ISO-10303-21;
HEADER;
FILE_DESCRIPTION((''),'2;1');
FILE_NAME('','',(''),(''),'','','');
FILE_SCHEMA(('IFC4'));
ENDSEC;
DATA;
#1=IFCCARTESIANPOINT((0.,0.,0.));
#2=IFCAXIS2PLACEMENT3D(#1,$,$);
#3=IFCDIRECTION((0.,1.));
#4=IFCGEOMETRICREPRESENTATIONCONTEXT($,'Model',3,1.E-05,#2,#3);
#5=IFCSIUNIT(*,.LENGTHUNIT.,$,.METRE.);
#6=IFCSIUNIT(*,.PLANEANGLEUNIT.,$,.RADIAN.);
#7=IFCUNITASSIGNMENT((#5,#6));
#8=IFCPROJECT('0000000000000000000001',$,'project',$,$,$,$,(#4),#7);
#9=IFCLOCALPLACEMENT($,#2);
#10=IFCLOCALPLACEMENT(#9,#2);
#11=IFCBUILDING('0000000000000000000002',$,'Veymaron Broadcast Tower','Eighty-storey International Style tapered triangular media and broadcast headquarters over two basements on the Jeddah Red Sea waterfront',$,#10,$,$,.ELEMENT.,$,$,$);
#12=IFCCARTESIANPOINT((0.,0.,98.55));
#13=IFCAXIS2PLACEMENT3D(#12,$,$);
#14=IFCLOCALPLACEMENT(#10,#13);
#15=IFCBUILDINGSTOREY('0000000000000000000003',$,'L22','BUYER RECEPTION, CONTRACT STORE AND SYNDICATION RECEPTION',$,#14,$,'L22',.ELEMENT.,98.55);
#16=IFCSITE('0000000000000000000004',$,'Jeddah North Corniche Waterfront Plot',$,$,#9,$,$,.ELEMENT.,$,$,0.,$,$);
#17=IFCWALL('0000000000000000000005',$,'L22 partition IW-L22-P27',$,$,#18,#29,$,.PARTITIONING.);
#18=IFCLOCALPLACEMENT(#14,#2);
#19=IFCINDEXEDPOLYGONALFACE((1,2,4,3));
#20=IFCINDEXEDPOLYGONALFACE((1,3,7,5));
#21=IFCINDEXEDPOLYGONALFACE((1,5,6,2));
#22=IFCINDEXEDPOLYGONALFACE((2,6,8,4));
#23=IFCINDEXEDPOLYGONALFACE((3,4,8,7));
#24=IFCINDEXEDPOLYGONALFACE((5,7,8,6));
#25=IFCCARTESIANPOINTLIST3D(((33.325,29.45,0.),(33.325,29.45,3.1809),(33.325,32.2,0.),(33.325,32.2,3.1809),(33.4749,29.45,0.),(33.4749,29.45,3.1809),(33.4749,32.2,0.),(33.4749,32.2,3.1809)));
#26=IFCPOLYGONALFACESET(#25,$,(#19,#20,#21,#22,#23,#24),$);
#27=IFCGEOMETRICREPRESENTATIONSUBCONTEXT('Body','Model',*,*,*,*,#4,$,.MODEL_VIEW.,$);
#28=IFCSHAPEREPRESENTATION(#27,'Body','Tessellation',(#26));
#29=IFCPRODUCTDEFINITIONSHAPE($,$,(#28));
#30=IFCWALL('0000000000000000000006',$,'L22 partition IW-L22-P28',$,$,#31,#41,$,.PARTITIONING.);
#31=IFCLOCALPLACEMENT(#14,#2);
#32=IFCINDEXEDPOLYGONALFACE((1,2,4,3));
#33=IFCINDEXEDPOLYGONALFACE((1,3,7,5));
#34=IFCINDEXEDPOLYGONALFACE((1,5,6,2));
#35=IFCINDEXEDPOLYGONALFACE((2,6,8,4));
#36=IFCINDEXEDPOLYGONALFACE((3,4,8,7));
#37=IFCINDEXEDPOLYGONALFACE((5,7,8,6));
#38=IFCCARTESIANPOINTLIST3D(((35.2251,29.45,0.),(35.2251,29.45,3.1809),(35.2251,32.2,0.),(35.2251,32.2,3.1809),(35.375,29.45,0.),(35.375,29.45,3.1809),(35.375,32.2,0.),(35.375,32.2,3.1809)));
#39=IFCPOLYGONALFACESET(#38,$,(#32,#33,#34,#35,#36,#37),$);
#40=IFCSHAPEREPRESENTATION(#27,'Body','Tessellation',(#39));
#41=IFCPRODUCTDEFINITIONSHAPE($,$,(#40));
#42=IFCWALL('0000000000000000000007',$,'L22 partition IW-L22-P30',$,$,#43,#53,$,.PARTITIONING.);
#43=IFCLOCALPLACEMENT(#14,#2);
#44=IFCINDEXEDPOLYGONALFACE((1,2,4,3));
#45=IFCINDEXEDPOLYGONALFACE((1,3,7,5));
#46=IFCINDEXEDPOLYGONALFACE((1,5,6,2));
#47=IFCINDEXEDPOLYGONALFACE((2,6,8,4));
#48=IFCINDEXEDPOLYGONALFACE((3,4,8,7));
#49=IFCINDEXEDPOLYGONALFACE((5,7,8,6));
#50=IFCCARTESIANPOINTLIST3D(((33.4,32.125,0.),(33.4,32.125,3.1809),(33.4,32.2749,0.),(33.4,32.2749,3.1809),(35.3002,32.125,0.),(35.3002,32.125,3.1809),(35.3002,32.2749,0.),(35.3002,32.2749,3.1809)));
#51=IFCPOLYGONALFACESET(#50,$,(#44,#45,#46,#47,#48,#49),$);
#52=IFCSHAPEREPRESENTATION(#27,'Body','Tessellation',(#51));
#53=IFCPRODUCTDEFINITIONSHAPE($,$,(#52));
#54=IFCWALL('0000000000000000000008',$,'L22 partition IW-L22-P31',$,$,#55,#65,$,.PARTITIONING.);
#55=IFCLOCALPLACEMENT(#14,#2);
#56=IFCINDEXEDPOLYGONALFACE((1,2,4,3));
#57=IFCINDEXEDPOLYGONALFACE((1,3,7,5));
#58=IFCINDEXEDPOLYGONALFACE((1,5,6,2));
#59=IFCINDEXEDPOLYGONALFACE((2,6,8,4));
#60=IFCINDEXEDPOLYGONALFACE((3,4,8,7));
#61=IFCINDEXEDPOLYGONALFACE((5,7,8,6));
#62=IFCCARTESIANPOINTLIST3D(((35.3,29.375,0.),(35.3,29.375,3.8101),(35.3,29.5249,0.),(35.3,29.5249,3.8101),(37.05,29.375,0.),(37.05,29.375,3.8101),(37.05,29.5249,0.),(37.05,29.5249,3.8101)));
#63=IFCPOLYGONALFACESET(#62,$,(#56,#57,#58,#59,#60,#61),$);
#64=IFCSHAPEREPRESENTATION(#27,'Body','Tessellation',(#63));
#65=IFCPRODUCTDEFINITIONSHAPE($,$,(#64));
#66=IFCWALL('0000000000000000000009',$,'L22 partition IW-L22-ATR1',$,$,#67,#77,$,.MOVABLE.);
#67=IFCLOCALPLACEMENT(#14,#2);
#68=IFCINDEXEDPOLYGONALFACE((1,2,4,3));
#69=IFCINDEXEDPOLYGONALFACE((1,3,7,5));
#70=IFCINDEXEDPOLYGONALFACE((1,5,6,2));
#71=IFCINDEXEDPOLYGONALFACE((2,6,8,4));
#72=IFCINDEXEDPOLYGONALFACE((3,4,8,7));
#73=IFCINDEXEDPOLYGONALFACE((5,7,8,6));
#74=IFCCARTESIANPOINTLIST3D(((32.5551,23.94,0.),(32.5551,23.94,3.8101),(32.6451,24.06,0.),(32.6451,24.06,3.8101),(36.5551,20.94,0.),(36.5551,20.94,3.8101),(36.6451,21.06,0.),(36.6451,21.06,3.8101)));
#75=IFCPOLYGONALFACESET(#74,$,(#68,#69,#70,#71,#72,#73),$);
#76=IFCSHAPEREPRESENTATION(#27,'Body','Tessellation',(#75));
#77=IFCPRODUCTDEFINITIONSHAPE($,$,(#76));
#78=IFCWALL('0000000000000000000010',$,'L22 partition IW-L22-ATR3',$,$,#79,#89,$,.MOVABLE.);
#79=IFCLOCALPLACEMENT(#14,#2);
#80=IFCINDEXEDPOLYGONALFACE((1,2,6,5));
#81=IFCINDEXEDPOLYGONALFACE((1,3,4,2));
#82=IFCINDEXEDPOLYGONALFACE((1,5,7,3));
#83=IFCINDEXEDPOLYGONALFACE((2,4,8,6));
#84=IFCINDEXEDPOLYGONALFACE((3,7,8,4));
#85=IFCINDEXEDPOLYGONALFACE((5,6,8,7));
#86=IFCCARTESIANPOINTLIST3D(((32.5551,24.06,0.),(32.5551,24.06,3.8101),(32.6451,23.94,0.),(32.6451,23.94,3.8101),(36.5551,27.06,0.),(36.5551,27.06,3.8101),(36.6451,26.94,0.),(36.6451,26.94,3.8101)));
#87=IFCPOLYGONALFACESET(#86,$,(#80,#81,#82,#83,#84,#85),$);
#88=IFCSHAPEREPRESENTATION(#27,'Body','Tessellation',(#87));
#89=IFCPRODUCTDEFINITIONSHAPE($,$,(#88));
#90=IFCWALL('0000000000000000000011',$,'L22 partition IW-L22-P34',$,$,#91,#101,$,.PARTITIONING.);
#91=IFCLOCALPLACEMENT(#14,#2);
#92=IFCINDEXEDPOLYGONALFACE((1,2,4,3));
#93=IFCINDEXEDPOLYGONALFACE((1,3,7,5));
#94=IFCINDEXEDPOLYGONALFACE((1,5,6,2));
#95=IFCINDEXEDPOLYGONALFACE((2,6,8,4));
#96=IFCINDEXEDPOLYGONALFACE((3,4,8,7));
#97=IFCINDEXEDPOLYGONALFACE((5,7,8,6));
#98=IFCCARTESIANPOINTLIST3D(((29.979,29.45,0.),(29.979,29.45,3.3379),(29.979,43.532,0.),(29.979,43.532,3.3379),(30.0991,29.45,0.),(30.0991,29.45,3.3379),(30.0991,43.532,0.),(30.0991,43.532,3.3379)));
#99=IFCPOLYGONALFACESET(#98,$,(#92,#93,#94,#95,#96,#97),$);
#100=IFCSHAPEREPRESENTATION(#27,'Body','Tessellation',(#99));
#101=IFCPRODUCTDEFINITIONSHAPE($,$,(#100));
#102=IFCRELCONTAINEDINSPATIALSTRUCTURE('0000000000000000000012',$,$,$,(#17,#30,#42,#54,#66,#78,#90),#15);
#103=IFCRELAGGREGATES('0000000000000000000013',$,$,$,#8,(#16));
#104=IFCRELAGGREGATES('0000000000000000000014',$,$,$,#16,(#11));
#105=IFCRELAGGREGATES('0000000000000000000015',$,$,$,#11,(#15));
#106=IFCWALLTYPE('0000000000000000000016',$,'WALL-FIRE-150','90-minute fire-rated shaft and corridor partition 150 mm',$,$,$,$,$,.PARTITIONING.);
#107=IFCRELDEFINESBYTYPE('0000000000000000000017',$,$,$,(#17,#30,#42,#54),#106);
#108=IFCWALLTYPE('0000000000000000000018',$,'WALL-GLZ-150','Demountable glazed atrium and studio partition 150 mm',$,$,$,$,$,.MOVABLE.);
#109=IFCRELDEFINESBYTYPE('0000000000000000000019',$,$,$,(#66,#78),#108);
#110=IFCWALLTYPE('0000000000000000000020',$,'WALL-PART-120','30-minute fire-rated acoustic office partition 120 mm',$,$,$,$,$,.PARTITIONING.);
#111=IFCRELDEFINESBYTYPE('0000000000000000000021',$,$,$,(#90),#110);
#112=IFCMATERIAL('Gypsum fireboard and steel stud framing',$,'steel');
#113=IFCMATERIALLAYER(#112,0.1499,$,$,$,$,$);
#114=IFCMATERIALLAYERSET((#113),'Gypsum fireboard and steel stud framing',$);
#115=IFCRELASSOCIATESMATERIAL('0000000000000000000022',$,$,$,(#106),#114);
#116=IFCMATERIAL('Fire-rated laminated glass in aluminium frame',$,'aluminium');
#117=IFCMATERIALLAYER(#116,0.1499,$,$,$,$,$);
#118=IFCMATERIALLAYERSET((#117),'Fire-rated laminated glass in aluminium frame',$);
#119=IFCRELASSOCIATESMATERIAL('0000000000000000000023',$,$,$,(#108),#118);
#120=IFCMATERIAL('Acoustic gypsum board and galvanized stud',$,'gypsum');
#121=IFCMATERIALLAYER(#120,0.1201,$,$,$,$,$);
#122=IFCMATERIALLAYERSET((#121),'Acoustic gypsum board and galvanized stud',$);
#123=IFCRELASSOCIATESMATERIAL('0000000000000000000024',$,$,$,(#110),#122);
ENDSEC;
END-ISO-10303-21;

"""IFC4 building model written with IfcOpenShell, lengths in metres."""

from ifc_helpers import new_model, si_unit, direction, frame, frame_2d, origin, place, context, subcontext, project, spatial, rectangle, extrude, material, layer, layer_set, type_object, element, save


model = new_model("IFC4")

# Units and contexts
model_context = context("Model", 3, precision=1e-05, world=origin(), true_north=direction((0.0, 1.0)))
body_context = subcontext(model_context, "Body", "Model", "MODEL_VIEW")
ifc_project = project(units=[si_unit("LENGTHUNIT", "METRE"), si_unit("PLANEANGLEUNIT", "RADIAN")], contexts=[model_context])

# Site, building, storey
site_placement = place(None, origin())
site = spatial("IfcSite", under=ifc_project, at=site_placement, Name="Jeddah North Corniche Waterfront Plot", CompositionType="ELEMENT", RefElevation=0.0)
building_placement = place(site_placement, origin())
building = spatial("IfcBuilding", under=site, at=building_placement, Name="Veymaron Broadcast Tower", Description="Eighty-storey International Style tapered triangular media and broadcast headquarters over two basements on the Jeddah Red Sea waterfront", CompositionType="ELEMENT")
storey_placement = place(building_placement, frame((0.0, 0.0, 98.55)))
storey = spatial("IfcBuildingStorey", under=building, at=storey_placement, Name="L22", Description="BUYER RECEPTION, CONTRACT STORE AND SYNDICATION RECEPTION", LongName="L22", CompositionType="ELEMENT", Elevation=98.55)

# Shared definitions
ifc_material_1 = material(Name="Gypsum fireboard and steel stud framing", Category="steel")
ifc_layer_1 = layer(ifc_material_1, 0.1499)
ifc_layer_set_1 = layer_set([ifc_layer_1], Name="Gypsum fireboard and steel stud framing")
wall_type_1 = type_object("IfcWallType", Name="WALL-FIRE-150", Description="90-minute fire-rated shaft and corridor partition 150 mm", PredefinedType="PARTITIONING", material=ifc_layer_set_1)

# Walls
for number, where, z_axis, x_axis, name in (
    (1, (33.3999, 29.45, 0.0), (0.0, 0.0, 1.0), (0.0, 1.0, 0.0), "L22 partition IW-L22-P27"),
    (2, (35.3, 29.45, 0.0), (0.0, 0.0, 1.0), (0.0, 1.0, 0.0), "L22 partition IW-L22-P28"),
):
    element("IfcWall", number, at=place(storey_placement, frame(where, z_axis=z_axis, x_axis=x_axis)), inside=storey, type_object=wall_type_1, Name=name, PredefinedType="PARTITIONING", context=body_context, shape_type="SweptSolid", body=[
        extrude(rectangle(XDim=2.75, YDim=0.1499, at=frame_2d((1.375, 0.0))), origin(), (0.0, 0.0, 1.0), 3.1809),
    ])
wall_1_placement = place(storey_placement, frame((33.3999, 32.2, 0.0), z_axis=(0.0, 0.0, 1.0), x_axis=(1.0, 0.0, 0.0)))
element("IfcWall", 3, at=wall_1_placement, inside=storey, type_object=wall_type_1, Name="L22 partition IW-L22-P30", PredefinedType="PARTITIONING", context=body_context, shape_type="SweptSolid", body=[
    extrude(rectangle(XDim=1.9001, YDim=0.1499, at=frame_2d((0.9502, 0.0))), origin(), (0.0, 0.0, 1.0), 3.1809),
])
wall_2_placement = place(storey_placement, frame((35.3, 29.45, 0.0), z_axis=(0.0, 0.0, 1.0), x_axis=(1.0, 0.0, 0.0)))
element("IfcWall", 4, at=wall_2_placement, inside=storey, type_object=wall_type_1, Name="L22 partition IW-L22-P31", PredefinedType="PARTITIONING", context=body_context, shape_type="SweptSolid", body=[
    extrude(rectangle(XDim=1.75, YDim=0.1499, at=frame_2d((0.875, 0.0))), origin(), (0.0, 0.0, 1.0), 3.8101),
])
ifc_material_2 = material(Name="Fire-rated laminated glass in aluminium frame", Category="aluminium")
ifc_layer_2 = layer(ifc_material_2, 0.1499)
ifc_layer_set_2 = layer_set([ifc_layer_2], Name="Fire-rated laminated glass in aluminium frame")
wall_type_2 = type_object("IfcWallType", Name="WALL-GLZ-150", Description="Demountable glazed atrium and studio partition 150 mm", PredefinedType="MOVABLE", material=ifc_layer_set_2)
for number, where, z_axis, x_axis, name in (
    (5, (32.6001, 24.0, 0.0), (0.0, 0.0, 1.0), (0.8, -0.6, 0.0), "L22 partition IW-L22-ATR1"),
    (6, (36.6001, 27.0, 0.0), (0.0, 0.0, 1.0), (-0.8, -0.6, 0.0), "L22 partition IW-L22-ATR3"),
):
    element("IfcWall", number, at=place(storey_placement, frame(where, z_axis=z_axis, x_axis=x_axis)), inside=storey, type_object=wall_type_2, Name=name, PredefinedType="MOVABLE", context=body_context, shape_type="SweptSolid", body=[
        extrude(rectangle(XDim=5.0, YDim=0.1499, at=frame_2d((2.5, 0.0))), origin(), (0.0, 0.0, 1.0), 3.8101),
    ])
ifc_material_3 = material(Name="Acoustic gypsum board and galvanized stud", Category="gypsum")
ifc_layer_3 = layer(ifc_material_3, 0.1201)
ifc_layer_set_3 = layer_set([ifc_layer_3], Name="Acoustic gypsum board and galvanized stud")
wall_type_3 = type_object("IfcWallType", Name="WALL-PART-120", Description="30-minute fire-rated acoustic office partition 120 mm", PredefinedType="PARTITIONING", material=ifc_layer_set_3)
wall_3_placement = place(storey_placement, frame((30.0391, 29.45, 0.0), z_axis=(0.0, 0.0, 1.0), x_axis=(0.0, 1.0, 0.0)))
element("IfcWall", 7, at=wall_3_placement, inside=storey, type_object=wall_type_3, Name="L22 partition IW-L22-P34", PredefinedType="PARTITIONING", context=body_context, shape_type="SweptSolid", body=[
    extrude(rectangle(XDim=14.082, YDim=0.1201, at=frame_2d((7.041, 0.0))), origin(), (0.0, 0.0, 1.0), 3.3379),
])

save(model, "model.ifc")
